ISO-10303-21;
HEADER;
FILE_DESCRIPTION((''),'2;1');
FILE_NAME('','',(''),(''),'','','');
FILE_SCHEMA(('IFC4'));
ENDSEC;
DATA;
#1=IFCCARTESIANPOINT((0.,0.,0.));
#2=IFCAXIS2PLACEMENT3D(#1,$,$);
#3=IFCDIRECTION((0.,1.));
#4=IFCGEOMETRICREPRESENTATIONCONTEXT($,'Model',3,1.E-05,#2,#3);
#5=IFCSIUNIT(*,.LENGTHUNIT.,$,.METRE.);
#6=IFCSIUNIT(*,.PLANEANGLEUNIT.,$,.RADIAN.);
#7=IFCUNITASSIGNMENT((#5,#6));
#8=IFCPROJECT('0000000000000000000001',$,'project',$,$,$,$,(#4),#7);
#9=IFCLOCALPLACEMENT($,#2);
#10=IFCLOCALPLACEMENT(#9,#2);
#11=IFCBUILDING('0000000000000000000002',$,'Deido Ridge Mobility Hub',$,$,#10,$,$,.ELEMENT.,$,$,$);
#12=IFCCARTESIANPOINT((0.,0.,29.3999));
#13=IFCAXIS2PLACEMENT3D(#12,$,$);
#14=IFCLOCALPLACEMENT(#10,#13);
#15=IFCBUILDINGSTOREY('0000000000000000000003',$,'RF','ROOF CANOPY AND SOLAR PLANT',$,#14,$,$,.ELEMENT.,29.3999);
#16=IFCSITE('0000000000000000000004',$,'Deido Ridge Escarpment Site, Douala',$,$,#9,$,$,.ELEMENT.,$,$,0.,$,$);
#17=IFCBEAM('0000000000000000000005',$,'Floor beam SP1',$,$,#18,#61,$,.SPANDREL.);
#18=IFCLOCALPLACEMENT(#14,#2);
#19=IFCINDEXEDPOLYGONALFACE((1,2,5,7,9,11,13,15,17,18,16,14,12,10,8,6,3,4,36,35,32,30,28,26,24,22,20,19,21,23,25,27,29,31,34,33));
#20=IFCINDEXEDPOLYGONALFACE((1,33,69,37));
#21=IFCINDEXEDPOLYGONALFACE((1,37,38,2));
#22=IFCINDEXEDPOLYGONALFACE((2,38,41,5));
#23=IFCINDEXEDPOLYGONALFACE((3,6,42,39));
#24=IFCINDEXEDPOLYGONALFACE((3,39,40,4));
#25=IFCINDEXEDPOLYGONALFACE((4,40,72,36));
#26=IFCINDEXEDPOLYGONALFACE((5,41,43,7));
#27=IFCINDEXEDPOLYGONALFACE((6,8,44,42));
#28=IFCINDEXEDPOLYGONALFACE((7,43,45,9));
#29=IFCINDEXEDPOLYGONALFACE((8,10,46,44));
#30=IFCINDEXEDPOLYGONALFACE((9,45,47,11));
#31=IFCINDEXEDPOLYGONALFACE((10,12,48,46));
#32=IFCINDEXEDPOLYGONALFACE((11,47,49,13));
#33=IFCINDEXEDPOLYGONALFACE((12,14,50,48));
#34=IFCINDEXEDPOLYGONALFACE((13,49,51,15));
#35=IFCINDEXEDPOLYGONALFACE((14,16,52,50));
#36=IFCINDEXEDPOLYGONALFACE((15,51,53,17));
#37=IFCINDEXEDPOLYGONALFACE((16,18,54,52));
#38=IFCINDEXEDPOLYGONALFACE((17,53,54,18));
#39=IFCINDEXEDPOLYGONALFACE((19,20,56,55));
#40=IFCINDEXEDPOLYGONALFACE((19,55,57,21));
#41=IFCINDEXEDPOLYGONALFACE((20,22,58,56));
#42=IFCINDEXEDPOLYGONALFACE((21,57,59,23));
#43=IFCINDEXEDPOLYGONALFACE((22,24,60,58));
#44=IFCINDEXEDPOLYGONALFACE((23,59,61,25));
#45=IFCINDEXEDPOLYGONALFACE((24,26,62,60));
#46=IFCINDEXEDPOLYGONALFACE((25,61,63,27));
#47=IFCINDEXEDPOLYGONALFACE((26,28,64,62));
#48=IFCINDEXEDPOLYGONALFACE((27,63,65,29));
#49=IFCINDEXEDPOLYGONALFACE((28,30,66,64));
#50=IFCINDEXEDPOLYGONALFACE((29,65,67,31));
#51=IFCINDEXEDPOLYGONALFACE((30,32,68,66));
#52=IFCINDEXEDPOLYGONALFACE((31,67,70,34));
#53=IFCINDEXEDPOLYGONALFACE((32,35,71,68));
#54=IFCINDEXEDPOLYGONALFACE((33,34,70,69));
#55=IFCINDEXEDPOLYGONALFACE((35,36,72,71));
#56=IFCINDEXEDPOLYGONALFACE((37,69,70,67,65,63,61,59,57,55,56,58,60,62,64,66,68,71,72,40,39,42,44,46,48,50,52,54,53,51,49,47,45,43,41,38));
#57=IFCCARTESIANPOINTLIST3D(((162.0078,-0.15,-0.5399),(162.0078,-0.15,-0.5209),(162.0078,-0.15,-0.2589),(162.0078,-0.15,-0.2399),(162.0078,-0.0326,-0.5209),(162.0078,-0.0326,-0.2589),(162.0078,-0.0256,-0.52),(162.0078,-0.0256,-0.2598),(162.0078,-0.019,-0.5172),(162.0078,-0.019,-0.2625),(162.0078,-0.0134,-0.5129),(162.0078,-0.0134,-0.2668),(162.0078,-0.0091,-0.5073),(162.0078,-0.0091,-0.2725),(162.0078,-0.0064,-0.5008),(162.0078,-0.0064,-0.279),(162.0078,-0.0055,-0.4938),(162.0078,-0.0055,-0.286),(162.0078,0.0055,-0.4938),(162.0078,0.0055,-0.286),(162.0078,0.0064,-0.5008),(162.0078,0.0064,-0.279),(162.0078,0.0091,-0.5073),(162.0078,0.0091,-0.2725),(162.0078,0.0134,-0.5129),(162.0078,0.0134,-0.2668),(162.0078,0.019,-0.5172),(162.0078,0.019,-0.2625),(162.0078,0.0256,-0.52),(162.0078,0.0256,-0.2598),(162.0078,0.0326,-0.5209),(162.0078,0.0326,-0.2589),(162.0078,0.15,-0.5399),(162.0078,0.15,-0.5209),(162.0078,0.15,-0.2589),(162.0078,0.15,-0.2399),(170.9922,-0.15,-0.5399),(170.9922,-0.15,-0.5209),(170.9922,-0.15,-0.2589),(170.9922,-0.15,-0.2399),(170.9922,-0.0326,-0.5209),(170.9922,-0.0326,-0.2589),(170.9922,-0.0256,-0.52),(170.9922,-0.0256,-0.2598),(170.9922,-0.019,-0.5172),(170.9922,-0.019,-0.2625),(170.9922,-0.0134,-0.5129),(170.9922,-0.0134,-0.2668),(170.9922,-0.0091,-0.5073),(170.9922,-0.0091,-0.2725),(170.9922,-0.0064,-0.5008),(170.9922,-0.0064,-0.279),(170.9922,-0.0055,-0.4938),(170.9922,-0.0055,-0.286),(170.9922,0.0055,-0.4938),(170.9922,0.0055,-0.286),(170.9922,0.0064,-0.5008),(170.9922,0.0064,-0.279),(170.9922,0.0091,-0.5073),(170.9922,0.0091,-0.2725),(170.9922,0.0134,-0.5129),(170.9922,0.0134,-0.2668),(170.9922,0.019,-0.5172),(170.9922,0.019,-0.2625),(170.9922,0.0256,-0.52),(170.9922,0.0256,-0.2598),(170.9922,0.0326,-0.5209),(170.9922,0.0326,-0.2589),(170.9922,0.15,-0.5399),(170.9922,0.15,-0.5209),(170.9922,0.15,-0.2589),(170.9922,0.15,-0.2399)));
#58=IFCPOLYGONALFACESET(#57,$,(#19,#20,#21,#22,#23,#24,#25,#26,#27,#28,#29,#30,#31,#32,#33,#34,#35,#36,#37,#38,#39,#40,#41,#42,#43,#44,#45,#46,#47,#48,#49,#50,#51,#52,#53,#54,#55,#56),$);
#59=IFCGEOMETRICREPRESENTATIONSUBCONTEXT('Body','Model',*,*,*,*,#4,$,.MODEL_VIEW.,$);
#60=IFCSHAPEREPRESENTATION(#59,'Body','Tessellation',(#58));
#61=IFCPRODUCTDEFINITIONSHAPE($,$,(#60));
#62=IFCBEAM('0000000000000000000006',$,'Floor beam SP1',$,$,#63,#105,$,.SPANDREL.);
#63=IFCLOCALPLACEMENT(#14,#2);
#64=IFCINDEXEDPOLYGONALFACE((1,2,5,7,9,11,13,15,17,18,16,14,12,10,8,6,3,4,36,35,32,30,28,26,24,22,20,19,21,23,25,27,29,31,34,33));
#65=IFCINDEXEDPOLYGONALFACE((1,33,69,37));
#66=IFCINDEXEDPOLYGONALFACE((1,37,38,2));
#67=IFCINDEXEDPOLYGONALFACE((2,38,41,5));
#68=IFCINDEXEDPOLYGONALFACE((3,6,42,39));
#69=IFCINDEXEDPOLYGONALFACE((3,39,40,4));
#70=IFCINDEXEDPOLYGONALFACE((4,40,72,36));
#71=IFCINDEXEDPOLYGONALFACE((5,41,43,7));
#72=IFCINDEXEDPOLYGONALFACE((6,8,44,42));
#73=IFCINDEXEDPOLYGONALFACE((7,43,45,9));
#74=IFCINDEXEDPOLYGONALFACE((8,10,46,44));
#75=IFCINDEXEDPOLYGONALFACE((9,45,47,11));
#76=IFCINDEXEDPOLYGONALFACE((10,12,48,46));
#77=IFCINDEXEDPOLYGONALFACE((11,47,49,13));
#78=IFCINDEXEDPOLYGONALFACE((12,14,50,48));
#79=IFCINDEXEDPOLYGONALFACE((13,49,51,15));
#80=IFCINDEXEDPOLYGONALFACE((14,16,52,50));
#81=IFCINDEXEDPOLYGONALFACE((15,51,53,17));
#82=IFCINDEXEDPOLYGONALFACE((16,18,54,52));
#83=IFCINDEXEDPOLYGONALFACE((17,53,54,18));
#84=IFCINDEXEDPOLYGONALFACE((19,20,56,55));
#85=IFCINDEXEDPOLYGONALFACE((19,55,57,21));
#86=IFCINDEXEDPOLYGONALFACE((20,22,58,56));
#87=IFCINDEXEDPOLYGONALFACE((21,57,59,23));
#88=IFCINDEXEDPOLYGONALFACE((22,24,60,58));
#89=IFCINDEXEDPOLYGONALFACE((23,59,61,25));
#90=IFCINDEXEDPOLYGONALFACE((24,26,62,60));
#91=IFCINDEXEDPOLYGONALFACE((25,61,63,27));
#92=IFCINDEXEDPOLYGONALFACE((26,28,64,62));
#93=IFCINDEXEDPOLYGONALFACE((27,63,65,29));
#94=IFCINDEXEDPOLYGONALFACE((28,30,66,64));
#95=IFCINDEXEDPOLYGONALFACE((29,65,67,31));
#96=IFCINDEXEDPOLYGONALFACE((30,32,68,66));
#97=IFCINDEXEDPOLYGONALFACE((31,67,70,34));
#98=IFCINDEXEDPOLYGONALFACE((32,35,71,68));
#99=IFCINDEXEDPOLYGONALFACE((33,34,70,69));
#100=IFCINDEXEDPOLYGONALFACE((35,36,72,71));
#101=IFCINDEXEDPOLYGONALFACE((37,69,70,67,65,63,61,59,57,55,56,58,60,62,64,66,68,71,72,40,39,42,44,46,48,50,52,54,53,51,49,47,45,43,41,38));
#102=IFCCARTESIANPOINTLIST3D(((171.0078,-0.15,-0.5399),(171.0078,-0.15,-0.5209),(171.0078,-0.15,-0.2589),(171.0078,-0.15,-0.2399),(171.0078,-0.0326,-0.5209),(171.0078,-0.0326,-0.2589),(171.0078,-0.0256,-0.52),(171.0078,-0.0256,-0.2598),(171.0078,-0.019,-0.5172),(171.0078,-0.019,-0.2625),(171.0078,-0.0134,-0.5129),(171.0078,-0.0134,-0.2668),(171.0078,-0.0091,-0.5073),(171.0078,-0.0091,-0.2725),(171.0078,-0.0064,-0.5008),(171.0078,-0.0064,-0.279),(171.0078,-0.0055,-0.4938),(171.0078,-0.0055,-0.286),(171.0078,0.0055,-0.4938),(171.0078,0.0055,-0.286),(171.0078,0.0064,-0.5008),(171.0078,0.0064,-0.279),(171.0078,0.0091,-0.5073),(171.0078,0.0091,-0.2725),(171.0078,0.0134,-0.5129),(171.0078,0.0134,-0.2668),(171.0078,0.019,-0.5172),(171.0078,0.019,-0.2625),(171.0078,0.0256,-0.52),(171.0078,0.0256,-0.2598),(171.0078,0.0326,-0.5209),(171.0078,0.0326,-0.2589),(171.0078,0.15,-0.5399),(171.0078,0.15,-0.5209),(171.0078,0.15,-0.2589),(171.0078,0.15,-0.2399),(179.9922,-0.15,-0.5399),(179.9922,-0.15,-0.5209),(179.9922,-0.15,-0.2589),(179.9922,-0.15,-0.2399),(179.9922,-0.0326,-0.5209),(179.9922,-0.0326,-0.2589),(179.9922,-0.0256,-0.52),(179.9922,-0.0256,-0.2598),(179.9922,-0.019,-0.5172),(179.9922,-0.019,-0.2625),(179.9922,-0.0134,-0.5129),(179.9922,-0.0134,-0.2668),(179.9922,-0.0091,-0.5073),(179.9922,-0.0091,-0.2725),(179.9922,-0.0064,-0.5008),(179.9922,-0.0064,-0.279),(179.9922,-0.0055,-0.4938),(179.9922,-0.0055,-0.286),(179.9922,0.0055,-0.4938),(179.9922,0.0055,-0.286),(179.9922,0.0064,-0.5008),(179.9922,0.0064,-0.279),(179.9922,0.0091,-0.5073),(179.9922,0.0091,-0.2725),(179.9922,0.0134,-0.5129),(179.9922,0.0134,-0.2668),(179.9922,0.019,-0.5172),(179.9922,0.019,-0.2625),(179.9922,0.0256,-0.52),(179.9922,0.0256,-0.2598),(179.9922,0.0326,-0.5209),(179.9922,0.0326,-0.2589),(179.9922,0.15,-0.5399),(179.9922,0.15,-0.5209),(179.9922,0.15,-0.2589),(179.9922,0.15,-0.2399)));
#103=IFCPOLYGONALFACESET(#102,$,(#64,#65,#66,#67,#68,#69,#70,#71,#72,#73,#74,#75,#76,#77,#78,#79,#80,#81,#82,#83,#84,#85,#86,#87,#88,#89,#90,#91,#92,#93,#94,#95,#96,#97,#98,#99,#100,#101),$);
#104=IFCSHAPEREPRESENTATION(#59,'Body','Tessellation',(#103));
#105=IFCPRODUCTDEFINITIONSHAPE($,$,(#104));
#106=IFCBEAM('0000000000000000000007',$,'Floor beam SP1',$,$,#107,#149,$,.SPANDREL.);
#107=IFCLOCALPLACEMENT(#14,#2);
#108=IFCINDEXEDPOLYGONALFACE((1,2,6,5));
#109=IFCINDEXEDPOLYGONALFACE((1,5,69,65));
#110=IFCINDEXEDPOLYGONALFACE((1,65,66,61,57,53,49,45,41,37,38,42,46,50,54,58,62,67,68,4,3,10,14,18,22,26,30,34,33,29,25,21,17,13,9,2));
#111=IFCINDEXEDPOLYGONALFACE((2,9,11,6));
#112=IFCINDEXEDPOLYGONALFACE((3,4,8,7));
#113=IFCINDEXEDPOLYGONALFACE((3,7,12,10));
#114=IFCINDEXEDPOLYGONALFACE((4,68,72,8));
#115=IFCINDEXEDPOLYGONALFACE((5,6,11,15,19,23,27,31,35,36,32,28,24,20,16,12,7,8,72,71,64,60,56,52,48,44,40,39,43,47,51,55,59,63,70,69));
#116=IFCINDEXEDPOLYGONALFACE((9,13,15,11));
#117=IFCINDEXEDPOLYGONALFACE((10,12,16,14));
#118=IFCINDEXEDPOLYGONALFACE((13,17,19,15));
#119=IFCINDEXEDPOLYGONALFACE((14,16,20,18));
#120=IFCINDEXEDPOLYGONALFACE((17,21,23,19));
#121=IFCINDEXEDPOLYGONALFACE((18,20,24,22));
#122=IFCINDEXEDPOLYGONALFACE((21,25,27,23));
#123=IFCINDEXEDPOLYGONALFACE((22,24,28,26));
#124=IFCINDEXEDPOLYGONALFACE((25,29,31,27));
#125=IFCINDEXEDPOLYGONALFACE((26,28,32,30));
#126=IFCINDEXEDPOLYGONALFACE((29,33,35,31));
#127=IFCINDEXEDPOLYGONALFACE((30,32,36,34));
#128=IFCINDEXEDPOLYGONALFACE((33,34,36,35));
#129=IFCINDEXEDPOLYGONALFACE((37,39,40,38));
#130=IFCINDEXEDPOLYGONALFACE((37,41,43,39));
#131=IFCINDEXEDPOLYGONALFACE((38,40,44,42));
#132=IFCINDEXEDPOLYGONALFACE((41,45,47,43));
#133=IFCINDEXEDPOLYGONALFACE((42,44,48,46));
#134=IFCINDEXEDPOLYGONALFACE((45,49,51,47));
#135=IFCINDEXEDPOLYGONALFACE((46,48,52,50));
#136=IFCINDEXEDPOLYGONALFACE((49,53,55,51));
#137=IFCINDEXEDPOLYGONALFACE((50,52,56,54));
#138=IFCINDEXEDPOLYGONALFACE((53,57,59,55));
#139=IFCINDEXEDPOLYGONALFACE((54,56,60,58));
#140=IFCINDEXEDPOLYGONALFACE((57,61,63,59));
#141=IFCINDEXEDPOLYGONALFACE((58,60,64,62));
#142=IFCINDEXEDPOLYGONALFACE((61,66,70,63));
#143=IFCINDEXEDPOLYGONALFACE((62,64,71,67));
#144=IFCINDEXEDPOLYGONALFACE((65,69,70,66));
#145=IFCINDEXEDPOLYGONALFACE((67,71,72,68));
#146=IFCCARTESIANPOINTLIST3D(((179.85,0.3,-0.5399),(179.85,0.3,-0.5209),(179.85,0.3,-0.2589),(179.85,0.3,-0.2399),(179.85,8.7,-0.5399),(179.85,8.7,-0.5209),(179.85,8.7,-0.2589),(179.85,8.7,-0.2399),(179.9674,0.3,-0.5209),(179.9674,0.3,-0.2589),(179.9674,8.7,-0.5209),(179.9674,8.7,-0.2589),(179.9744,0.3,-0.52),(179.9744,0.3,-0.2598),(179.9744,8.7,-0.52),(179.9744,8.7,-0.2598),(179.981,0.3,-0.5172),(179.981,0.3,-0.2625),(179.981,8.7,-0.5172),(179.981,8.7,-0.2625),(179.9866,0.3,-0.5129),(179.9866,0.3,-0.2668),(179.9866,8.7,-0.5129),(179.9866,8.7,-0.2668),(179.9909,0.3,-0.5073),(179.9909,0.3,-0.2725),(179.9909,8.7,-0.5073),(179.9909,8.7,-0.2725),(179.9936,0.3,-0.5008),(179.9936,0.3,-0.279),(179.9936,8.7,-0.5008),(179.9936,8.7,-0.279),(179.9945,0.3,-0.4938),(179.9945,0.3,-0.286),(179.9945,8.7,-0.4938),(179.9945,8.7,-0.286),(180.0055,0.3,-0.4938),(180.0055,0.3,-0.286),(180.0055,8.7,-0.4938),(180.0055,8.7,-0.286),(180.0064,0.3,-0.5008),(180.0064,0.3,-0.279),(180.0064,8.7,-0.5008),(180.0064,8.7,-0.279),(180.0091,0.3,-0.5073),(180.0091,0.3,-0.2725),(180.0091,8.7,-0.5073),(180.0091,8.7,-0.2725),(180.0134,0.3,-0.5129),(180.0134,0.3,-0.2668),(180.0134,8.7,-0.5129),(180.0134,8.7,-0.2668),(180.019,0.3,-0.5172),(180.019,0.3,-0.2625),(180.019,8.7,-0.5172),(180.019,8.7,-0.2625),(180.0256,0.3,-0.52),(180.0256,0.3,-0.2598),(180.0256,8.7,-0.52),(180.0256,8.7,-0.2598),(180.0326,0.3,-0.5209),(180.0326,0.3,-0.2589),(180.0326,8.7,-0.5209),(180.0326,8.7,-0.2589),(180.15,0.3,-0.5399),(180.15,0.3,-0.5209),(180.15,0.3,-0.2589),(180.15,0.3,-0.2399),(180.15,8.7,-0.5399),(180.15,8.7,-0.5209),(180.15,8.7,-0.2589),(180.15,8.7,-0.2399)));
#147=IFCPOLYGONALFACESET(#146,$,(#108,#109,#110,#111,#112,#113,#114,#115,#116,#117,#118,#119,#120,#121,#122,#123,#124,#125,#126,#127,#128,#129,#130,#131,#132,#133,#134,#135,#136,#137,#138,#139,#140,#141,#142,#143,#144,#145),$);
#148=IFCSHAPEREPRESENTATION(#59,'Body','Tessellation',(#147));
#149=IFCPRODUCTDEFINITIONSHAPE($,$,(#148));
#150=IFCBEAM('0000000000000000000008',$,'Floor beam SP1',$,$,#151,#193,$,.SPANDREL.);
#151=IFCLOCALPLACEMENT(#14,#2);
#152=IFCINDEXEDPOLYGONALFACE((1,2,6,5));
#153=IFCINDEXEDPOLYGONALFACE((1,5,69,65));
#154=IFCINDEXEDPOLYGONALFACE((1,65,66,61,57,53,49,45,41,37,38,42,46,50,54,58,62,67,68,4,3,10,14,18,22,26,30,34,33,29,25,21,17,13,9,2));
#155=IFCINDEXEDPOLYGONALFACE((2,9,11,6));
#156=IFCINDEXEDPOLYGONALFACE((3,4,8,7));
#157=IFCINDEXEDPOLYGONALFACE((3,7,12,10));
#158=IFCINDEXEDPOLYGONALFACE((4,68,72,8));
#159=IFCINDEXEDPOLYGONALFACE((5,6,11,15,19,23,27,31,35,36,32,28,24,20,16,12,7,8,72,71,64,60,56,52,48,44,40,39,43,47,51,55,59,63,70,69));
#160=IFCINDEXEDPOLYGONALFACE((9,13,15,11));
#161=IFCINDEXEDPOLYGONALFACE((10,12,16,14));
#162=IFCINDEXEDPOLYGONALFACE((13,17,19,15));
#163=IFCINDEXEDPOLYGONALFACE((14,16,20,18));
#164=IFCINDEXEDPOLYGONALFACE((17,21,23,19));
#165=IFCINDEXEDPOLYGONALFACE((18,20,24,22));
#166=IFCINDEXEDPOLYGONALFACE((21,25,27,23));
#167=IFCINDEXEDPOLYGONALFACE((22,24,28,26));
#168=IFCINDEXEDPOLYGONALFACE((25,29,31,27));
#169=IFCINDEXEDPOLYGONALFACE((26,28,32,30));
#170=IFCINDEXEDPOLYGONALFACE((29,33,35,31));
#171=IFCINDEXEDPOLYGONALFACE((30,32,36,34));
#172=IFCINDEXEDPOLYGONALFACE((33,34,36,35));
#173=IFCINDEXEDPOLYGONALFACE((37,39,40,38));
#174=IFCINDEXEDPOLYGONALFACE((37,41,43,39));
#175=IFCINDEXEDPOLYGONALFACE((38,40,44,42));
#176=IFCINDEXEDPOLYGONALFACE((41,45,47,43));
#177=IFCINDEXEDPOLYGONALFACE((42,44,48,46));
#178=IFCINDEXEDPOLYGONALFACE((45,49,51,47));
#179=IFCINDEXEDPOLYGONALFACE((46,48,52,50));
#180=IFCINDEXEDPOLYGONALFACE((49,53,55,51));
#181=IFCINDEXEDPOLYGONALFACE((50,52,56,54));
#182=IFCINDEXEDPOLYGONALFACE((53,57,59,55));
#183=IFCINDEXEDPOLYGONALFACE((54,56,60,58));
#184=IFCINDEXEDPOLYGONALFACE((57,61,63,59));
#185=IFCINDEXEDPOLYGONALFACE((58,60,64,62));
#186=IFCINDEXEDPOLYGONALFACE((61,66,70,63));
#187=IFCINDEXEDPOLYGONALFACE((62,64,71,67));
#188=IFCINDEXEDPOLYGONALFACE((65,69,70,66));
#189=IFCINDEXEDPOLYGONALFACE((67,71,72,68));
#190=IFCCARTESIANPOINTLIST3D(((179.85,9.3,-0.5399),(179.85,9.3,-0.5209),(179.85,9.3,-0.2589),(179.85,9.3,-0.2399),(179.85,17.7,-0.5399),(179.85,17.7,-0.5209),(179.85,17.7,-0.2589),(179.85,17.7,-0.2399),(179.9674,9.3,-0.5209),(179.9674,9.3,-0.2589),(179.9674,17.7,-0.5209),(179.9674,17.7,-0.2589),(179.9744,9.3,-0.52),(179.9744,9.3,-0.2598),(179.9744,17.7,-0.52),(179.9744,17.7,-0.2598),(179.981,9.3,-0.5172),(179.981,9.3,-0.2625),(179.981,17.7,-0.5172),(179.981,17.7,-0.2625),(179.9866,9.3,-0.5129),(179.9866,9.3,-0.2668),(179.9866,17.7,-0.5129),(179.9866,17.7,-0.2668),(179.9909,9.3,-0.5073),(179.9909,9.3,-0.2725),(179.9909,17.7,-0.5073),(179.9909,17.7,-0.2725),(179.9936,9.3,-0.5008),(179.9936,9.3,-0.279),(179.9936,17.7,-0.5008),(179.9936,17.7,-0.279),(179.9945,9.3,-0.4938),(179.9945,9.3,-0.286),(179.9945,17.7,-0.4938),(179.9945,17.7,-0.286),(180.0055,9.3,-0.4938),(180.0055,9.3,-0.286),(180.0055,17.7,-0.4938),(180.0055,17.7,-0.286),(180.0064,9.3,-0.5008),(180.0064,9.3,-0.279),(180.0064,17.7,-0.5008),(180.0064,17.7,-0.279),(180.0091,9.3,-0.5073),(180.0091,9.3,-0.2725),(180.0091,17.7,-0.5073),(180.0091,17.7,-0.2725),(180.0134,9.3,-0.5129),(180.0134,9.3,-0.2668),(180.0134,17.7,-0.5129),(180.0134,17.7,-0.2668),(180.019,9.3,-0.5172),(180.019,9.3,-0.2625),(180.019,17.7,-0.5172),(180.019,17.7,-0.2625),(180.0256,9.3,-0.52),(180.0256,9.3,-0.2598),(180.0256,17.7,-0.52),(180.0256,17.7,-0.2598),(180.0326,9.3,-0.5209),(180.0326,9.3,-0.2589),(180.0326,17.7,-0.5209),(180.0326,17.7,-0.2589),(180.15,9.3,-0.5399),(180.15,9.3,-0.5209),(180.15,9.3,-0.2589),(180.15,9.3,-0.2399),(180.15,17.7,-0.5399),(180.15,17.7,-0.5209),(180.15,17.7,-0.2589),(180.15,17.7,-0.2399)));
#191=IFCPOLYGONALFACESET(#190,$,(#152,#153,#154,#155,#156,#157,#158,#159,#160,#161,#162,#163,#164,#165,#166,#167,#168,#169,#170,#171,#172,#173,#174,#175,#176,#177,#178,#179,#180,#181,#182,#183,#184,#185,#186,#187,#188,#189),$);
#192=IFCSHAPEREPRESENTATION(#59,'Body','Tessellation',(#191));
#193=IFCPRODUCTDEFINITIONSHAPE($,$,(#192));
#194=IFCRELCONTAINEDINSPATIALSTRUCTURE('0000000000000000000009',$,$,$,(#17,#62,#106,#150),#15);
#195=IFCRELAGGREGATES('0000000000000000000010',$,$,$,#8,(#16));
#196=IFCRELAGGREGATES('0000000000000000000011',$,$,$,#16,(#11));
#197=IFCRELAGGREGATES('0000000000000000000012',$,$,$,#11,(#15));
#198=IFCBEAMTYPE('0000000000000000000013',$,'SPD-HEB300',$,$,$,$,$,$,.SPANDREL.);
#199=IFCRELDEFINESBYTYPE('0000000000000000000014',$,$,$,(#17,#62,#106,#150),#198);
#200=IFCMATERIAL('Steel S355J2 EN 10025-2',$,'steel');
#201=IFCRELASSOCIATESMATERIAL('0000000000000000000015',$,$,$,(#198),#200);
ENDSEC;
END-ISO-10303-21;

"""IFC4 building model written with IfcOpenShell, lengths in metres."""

from ifc_helpers import new_model, si_unit, direction, frame, origin, origin_2d, place, context, subcontext, project, spatial, i_section, extrude, material, material_profile, profile_set, type_object, element, save


model = new_model("IFC4")

# Units and contexts
model_context = context("Model", 3, precision=1e-05, world=origin(), true_north=direction((0.0, 1.0)))
body_context = subcontext(model_context, "Body", "Model", "MODEL_VIEW")
ifc_project = project(units=[si_unit("LENGTHUNIT", "METRE"), si_unit("PLANEANGLEUNIT", "RADIAN")], contexts=[model_context])

# Site, building, storey
site_placement = place(None, origin())
site = spatial("IfcSite", under=ifc_project, at=site_placement, Name="Deido Ridge Escarpment Site, Douala", CompositionType="ELEMENT", RefElevation=0.0)
building_placement = place(site_placement, origin())
building = spatial("IfcBuilding", under=site, at=building_placement, Name="Deido Ridge Mobility Hub", CompositionType="ELEMENT")
storey_placement = place(building_placement, frame((0.0, 0.0, 29.3999)))
storey = spatial("IfcBuildingStorey", under=building, at=storey_placement, Name="RF", Description="ROOF CANOPY AND SOLAR PLANT", CompositionType="ELEMENT", Elevation=29.3999)

# Shared definitions
ifc_material_1 = material(Name="Steel S355J2 EN 10025-2", Category="steel")

# Beams
ifc_material_profile_1 = material_profile(ifc_material_1, i_section(OverallWidth=0.3, OverallDepth=0.3, WebThickness=0.011, FlangeThickness=0.019, FilletRadius=0.0271, at=origin_2d()), Name="HEB 300")
ifc_profile_set_1 = profile_set([ifc_material_profile_1], Name="Steel S355J2 EN 10025-2")
beam_type_1 = type_object("IfcBeamType", Name="SPD-HEB300", PredefinedType="SPANDREL", material=ifc_profile_set_1)
for number, where, z_axis, x_axis, name in (
    (1, (162.0078, 0.0, -0.3899), (1.0, 0.0, 0.0), (0.0, 1.0, 0.0), "Floor beam SP1"),
    (2, (171.0078, 0.0, -0.3899), (1.0, 0.0, 0.0), (0.0, 1.0, 0.0), "Floor beam SP1"),
):
    element("IfcBeam", number, at=place(storey_placement, frame(where, z_axis=z_axis, x_axis=x_axis)), inside=storey, type_object=beam_type_1, Name=name, PredefinedType="SPANDREL", context=body_context, shape_type="SweptSolid", body=[
        extrude(i_section(OverallWidth=0.3, OverallDepth=0.3, WebThickness=0.011, FlangeThickness=0.019, FilletRadius=0.0271, at=origin_2d()), origin(), (0.0, 0.0, 1.0), 8.9844),
    ])
for number, where, z_axis, x_axis, name in (
    (3, (180.0, 0.3, -0.3899), (0.0, 1.0, 0.0), (-1.0, 0.0, 0.0), "Floor beam SP1"),
    (4, (180.0, 9.3, -0.3899), (0.0, 1.0, 0.0), (-1.0, 0.0, 0.0), "Floor beam SP1"),
):
    element("IfcBeam", number, at=place(storey_placement, frame(where, z_axis=z_axis, x_axis=x_axis)), inside=storey, type_object=beam_type_1, Name=name, PredefinedType="SPANDREL", context=body_context, shape_type="SweptSolid", body=[
        extrude(i_section(OverallWidth=0.3, OverallDepth=0.3, WebThickness=0.011, FlangeThickness=0.019, FilletRadius=0.0271, at=origin_2d()), origin(), (0.0, 0.0, 1.0), 8.3999),
    ])

save(model, "model.ifc")
